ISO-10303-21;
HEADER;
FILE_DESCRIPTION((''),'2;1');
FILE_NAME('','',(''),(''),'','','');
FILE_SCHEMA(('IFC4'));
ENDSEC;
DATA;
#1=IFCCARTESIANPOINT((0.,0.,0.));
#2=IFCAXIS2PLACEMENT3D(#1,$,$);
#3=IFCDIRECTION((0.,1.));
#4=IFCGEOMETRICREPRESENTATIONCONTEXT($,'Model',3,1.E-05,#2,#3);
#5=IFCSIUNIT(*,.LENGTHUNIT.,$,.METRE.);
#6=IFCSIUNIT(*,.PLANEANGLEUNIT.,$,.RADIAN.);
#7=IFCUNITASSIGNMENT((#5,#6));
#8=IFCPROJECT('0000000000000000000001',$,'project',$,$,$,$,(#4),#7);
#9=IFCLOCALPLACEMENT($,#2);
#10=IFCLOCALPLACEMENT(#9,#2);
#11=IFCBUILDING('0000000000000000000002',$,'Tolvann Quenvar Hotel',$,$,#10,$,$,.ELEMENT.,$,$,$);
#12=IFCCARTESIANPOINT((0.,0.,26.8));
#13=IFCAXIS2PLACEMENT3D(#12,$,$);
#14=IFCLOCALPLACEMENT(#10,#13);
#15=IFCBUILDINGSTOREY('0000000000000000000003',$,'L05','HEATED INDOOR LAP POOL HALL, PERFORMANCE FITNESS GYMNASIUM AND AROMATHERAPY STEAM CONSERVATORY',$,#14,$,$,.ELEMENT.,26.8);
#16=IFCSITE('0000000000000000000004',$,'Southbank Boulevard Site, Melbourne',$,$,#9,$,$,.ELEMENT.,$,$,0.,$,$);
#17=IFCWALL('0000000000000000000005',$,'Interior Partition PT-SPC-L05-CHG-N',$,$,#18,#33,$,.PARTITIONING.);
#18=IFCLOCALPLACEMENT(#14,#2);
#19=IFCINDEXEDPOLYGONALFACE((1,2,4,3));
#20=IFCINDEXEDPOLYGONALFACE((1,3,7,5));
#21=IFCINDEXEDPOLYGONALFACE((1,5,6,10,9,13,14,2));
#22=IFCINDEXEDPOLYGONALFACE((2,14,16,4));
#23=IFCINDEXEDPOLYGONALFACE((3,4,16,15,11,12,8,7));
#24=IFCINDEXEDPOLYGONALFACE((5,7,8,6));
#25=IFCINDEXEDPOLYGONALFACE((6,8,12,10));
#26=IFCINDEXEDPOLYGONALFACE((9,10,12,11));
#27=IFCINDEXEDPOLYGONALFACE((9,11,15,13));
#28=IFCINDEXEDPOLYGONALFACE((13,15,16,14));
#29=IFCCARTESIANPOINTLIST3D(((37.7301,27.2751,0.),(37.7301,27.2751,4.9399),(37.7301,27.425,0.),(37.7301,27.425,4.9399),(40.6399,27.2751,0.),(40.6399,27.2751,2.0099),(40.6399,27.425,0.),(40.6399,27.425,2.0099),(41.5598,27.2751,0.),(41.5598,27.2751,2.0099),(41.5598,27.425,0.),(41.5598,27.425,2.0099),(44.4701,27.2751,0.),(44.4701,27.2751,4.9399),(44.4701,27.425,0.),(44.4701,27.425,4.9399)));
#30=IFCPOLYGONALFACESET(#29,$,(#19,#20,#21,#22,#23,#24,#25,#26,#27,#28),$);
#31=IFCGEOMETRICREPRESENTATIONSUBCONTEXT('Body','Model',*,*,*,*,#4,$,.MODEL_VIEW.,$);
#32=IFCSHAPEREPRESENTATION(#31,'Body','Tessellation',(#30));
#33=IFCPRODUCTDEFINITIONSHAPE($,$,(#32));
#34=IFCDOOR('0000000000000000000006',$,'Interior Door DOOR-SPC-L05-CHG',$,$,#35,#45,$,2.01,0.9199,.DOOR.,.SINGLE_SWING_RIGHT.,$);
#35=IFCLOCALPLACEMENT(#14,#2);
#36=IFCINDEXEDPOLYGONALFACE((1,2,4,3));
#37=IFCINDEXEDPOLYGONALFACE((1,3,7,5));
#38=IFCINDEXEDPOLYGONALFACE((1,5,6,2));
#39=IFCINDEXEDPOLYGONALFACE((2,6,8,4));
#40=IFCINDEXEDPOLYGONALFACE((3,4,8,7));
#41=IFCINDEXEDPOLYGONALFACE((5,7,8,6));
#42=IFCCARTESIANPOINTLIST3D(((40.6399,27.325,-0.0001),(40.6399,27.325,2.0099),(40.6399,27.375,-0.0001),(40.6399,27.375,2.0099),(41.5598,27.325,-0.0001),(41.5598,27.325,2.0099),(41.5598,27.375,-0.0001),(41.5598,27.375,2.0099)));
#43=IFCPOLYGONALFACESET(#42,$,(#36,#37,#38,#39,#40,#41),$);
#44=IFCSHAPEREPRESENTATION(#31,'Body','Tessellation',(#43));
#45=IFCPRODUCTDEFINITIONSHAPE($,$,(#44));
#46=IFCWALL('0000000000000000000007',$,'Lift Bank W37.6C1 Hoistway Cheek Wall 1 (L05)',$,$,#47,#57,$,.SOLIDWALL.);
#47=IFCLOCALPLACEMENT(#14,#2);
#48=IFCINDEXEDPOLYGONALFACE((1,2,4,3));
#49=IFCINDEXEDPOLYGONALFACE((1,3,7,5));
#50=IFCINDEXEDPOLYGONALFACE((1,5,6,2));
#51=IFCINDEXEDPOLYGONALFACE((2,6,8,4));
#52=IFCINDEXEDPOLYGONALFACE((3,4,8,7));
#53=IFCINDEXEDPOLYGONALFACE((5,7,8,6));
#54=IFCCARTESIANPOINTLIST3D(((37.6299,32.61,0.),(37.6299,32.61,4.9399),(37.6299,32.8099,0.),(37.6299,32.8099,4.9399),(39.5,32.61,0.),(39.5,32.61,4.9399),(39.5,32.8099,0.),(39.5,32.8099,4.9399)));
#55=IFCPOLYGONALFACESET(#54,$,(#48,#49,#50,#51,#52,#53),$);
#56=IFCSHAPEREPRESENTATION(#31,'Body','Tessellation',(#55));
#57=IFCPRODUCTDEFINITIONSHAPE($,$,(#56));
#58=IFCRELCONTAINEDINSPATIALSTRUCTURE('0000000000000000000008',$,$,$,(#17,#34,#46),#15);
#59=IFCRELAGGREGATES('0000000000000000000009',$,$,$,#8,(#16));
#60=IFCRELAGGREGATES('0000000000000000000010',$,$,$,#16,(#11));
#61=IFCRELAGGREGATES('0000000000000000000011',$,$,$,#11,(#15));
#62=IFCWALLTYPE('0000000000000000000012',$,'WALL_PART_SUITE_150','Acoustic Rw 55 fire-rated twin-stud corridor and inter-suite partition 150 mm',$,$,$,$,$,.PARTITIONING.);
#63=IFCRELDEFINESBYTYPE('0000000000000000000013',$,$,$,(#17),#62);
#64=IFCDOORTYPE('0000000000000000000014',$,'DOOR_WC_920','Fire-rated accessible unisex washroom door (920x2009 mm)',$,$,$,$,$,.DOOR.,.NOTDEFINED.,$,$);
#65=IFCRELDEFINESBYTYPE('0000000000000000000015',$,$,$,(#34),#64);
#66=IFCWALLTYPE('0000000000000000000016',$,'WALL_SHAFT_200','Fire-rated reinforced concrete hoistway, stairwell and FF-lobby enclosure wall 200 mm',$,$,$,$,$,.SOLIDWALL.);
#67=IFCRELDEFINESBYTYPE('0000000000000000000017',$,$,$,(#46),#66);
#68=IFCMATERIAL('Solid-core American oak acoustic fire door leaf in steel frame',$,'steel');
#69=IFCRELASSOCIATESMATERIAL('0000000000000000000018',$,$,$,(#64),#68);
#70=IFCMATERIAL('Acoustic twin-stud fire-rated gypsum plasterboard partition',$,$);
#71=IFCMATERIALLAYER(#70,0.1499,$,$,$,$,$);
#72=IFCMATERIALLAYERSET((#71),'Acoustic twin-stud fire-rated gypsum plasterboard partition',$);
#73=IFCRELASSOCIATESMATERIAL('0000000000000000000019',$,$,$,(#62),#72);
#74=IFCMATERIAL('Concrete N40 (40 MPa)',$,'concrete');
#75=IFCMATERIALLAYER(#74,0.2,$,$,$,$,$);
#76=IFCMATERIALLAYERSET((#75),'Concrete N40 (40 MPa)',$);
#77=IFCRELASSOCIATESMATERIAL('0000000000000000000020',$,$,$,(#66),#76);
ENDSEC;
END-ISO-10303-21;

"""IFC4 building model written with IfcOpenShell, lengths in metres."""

from ifc_helpers import new_model, si_unit, direction, frame, frame_2d, origin, place, context, subcontext, project, spatial, rectangle, extrude, source, transform, mapped, material, layer, layer_set, type_object, type_shapes, element, fill, save


model = new_model("IFC4")

# Units and contexts
model_context = context("Model", 3, precision=1e-05, world=origin(), true_north=direction((0.0, 1.0)))
body_context = subcontext(model_context, "Body", "Model", "MODEL_VIEW")
ifc_project = project(units=[si_unit("LENGTHUNIT", "METRE"), si_unit("PLANEANGLEUNIT", "RADIAN")], contexts=[model_context])

# Site, building, storey
site_placement = place(None, origin())
site = spatial("IfcSite", under=ifc_project, at=site_placement, Name="Southbank Boulevard Site, Melbourne", CompositionType="ELEMENT", RefElevation=0.0)
building_placement = place(site_placement, origin())
building = spatial("IfcBuilding", under=site, at=building_placement, Name="Tolvann Quenvar Hotel", CompositionType="ELEMENT")
storey_placement = place(building_placement, frame((0.0, 0.0, 26.8)))
storey = spatial("IfcBuildingStorey", under=building, at=storey_placement, Name="L05", Description="HEATED INDOOR LAP POOL HALL, PERFORMANCE FITNESS GYMNASIUM AND AROMATHERAPY STEAM CONSERVATORY", CompositionType="ELEMENT", Elevation=26.8)

# Shared definitions
ifc_material_1 = material(Name="Solid-core American oak acoustic fire door leaf in steel frame", Category="steel")
door_type_1 = type_object("IfcDoorType", Name="DOOR_WC_920", Description="Fire-rated accessible unisex washroom door (920x2009 mm)", OperationType="NOTDEFINED", PredefinedType="DOOR", material=ifc_material_1)
shared_shape_1 = source(origin(), body_context, "Body", "SweptSolid", [
    extrude(rectangle(XDim=0.9199, YDim=2.01, at=frame_2d((0.46, 1.0049))), frame((0.0, 0.0249, 0.0), z_axis=(0.0, -1.0, 0.0), x_axis=(1.0, 0.0, 0.0)), (0.0, 0.0, 1.0), 0.05),
])
type_shapes(door_type_1, [shared_shape_1])

# Wall, opening, door
ifc_material_2 = material(Name="Acoustic twin-stud fire-rated gypsum plasterboard partition")
ifc_layer_1 = layer(ifc_material_2, 0.1499)
ifc_layer_set_1 = layer_set([ifc_layer_1], Name="Acoustic twin-stud fire-rated gypsum plasterboard partition")
wall_type_1 = type_object("IfcWallType", Name="WALL_PART_SUITE_150", Description="Acoustic Rw 55 fire-rated twin-stud corridor and inter-suite partition 150 mm", PredefinedType="PARTITIONING", material=ifc_layer_set_1)
wall_1_placement = place(storey_placement, frame((37.73, 27.3501, 0.0), z_axis=(0.0, 0.0, 1.0), x_axis=(1.0, 0.0, 0.0)))
wall_1 = element("IfcWall", 1, at=wall_1_placement, inside=storey, type_object=wall_type_1, Name="Interior Partition PT-SPC-L05-CHG-N", PredefinedType="PARTITIONING", context=body_context, shape_type="SweptSolid", body=[
    extrude(rectangle(XDim=6.74, YDim=0.1499, at=frame_2d((3.3701, 0.0))), origin(), (0.0, 0.0, 1.0), 4.9399),
])
opening_1_placement = place(wall_1_placement, frame((2.9099, 0.0, 0.0)))
opening_1 = element("IfcOpeningElement", 2, at=opening_1_placement, cuts=wall_1, PredefinedType="OPENING", context=body_context, shape_type="SweptSolid", body=[
    extrude(rectangle(XDim=0.9199, YDim=2.01, at=frame_2d((0.46, 1.0049))), frame((0.0, 0.085, 0.0), z_axis=(0.0, -1.0, 0.0), x_axis=(1.0, 0.0, 0.0)), (0.0, 0.0, 1.0), 0.1699),
])
door_1_placement = place(opening_1_placement, origin())
door_1 = element("IfcDoor", 3, at=door_1_placement, inside=storey, type_object=door_type_1, Name="Interior Door DOOR-SPC-L05-CHG", OperationType="SINGLE_SWING_RIGHT", OverallHeight=2.01, OverallWidth=0.9199, PredefinedType="DOOR", context=body_context, shape_type="MappedRepresentation", body=[
    mapped(shared_shape_1, transform((0.0, 0.0, 0.0), x_axis=(1.0, 0.0, 0.0), y_axis=(0.0, 1.0, 0.0), z_axis=(0.0, 0.0, 1.0), scale=1.0)),
])
fill(opening_1, door_1)

# Shared definitions
ifc_material_3 = material(Name="Concrete N40 (40 MPa)", Category="concrete")
ifc_layer_2 = layer(ifc_material_3, 0.2)
ifc_layer_set_2 = layer_set([ifc_layer_2], Name="Concrete N40 (40 MPa)")
wall_type_2 = type_object("IfcWallType", Name="WALL_SHAFT_200", Description="Fire-rated reinforced concrete hoistway, stairwell and FF-lobby enclosure wall 200 mm", PredefinedType="SOLIDWALL", material=ifc_layer_set_2)

# Wall
wall_2_placement = place(storey_placement, frame((37.6299, 32.71, 0.0), z_axis=(0.0, 0.0, 1.0), x_axis=(1.0, 0.0, 0.0)))
element("IfcWall", 4, at=wall_2_placement, inside=storey, type_object=wall_type_2, Name="Lift Bank W37.6C1 Hoistway Cheek Wall 1 (L05)", PredefinedType="SOLIDWALL", context=body_context, shape_type="SweptSolid", body=[
    extrude(rectangle(XDim=1.8701, YDim=0.2, at=frame_2d((0.9351, 0.0))), origin(), (0.0, 0.0, 1.0), 4.9399),
])

save(model, "model.ifc")
